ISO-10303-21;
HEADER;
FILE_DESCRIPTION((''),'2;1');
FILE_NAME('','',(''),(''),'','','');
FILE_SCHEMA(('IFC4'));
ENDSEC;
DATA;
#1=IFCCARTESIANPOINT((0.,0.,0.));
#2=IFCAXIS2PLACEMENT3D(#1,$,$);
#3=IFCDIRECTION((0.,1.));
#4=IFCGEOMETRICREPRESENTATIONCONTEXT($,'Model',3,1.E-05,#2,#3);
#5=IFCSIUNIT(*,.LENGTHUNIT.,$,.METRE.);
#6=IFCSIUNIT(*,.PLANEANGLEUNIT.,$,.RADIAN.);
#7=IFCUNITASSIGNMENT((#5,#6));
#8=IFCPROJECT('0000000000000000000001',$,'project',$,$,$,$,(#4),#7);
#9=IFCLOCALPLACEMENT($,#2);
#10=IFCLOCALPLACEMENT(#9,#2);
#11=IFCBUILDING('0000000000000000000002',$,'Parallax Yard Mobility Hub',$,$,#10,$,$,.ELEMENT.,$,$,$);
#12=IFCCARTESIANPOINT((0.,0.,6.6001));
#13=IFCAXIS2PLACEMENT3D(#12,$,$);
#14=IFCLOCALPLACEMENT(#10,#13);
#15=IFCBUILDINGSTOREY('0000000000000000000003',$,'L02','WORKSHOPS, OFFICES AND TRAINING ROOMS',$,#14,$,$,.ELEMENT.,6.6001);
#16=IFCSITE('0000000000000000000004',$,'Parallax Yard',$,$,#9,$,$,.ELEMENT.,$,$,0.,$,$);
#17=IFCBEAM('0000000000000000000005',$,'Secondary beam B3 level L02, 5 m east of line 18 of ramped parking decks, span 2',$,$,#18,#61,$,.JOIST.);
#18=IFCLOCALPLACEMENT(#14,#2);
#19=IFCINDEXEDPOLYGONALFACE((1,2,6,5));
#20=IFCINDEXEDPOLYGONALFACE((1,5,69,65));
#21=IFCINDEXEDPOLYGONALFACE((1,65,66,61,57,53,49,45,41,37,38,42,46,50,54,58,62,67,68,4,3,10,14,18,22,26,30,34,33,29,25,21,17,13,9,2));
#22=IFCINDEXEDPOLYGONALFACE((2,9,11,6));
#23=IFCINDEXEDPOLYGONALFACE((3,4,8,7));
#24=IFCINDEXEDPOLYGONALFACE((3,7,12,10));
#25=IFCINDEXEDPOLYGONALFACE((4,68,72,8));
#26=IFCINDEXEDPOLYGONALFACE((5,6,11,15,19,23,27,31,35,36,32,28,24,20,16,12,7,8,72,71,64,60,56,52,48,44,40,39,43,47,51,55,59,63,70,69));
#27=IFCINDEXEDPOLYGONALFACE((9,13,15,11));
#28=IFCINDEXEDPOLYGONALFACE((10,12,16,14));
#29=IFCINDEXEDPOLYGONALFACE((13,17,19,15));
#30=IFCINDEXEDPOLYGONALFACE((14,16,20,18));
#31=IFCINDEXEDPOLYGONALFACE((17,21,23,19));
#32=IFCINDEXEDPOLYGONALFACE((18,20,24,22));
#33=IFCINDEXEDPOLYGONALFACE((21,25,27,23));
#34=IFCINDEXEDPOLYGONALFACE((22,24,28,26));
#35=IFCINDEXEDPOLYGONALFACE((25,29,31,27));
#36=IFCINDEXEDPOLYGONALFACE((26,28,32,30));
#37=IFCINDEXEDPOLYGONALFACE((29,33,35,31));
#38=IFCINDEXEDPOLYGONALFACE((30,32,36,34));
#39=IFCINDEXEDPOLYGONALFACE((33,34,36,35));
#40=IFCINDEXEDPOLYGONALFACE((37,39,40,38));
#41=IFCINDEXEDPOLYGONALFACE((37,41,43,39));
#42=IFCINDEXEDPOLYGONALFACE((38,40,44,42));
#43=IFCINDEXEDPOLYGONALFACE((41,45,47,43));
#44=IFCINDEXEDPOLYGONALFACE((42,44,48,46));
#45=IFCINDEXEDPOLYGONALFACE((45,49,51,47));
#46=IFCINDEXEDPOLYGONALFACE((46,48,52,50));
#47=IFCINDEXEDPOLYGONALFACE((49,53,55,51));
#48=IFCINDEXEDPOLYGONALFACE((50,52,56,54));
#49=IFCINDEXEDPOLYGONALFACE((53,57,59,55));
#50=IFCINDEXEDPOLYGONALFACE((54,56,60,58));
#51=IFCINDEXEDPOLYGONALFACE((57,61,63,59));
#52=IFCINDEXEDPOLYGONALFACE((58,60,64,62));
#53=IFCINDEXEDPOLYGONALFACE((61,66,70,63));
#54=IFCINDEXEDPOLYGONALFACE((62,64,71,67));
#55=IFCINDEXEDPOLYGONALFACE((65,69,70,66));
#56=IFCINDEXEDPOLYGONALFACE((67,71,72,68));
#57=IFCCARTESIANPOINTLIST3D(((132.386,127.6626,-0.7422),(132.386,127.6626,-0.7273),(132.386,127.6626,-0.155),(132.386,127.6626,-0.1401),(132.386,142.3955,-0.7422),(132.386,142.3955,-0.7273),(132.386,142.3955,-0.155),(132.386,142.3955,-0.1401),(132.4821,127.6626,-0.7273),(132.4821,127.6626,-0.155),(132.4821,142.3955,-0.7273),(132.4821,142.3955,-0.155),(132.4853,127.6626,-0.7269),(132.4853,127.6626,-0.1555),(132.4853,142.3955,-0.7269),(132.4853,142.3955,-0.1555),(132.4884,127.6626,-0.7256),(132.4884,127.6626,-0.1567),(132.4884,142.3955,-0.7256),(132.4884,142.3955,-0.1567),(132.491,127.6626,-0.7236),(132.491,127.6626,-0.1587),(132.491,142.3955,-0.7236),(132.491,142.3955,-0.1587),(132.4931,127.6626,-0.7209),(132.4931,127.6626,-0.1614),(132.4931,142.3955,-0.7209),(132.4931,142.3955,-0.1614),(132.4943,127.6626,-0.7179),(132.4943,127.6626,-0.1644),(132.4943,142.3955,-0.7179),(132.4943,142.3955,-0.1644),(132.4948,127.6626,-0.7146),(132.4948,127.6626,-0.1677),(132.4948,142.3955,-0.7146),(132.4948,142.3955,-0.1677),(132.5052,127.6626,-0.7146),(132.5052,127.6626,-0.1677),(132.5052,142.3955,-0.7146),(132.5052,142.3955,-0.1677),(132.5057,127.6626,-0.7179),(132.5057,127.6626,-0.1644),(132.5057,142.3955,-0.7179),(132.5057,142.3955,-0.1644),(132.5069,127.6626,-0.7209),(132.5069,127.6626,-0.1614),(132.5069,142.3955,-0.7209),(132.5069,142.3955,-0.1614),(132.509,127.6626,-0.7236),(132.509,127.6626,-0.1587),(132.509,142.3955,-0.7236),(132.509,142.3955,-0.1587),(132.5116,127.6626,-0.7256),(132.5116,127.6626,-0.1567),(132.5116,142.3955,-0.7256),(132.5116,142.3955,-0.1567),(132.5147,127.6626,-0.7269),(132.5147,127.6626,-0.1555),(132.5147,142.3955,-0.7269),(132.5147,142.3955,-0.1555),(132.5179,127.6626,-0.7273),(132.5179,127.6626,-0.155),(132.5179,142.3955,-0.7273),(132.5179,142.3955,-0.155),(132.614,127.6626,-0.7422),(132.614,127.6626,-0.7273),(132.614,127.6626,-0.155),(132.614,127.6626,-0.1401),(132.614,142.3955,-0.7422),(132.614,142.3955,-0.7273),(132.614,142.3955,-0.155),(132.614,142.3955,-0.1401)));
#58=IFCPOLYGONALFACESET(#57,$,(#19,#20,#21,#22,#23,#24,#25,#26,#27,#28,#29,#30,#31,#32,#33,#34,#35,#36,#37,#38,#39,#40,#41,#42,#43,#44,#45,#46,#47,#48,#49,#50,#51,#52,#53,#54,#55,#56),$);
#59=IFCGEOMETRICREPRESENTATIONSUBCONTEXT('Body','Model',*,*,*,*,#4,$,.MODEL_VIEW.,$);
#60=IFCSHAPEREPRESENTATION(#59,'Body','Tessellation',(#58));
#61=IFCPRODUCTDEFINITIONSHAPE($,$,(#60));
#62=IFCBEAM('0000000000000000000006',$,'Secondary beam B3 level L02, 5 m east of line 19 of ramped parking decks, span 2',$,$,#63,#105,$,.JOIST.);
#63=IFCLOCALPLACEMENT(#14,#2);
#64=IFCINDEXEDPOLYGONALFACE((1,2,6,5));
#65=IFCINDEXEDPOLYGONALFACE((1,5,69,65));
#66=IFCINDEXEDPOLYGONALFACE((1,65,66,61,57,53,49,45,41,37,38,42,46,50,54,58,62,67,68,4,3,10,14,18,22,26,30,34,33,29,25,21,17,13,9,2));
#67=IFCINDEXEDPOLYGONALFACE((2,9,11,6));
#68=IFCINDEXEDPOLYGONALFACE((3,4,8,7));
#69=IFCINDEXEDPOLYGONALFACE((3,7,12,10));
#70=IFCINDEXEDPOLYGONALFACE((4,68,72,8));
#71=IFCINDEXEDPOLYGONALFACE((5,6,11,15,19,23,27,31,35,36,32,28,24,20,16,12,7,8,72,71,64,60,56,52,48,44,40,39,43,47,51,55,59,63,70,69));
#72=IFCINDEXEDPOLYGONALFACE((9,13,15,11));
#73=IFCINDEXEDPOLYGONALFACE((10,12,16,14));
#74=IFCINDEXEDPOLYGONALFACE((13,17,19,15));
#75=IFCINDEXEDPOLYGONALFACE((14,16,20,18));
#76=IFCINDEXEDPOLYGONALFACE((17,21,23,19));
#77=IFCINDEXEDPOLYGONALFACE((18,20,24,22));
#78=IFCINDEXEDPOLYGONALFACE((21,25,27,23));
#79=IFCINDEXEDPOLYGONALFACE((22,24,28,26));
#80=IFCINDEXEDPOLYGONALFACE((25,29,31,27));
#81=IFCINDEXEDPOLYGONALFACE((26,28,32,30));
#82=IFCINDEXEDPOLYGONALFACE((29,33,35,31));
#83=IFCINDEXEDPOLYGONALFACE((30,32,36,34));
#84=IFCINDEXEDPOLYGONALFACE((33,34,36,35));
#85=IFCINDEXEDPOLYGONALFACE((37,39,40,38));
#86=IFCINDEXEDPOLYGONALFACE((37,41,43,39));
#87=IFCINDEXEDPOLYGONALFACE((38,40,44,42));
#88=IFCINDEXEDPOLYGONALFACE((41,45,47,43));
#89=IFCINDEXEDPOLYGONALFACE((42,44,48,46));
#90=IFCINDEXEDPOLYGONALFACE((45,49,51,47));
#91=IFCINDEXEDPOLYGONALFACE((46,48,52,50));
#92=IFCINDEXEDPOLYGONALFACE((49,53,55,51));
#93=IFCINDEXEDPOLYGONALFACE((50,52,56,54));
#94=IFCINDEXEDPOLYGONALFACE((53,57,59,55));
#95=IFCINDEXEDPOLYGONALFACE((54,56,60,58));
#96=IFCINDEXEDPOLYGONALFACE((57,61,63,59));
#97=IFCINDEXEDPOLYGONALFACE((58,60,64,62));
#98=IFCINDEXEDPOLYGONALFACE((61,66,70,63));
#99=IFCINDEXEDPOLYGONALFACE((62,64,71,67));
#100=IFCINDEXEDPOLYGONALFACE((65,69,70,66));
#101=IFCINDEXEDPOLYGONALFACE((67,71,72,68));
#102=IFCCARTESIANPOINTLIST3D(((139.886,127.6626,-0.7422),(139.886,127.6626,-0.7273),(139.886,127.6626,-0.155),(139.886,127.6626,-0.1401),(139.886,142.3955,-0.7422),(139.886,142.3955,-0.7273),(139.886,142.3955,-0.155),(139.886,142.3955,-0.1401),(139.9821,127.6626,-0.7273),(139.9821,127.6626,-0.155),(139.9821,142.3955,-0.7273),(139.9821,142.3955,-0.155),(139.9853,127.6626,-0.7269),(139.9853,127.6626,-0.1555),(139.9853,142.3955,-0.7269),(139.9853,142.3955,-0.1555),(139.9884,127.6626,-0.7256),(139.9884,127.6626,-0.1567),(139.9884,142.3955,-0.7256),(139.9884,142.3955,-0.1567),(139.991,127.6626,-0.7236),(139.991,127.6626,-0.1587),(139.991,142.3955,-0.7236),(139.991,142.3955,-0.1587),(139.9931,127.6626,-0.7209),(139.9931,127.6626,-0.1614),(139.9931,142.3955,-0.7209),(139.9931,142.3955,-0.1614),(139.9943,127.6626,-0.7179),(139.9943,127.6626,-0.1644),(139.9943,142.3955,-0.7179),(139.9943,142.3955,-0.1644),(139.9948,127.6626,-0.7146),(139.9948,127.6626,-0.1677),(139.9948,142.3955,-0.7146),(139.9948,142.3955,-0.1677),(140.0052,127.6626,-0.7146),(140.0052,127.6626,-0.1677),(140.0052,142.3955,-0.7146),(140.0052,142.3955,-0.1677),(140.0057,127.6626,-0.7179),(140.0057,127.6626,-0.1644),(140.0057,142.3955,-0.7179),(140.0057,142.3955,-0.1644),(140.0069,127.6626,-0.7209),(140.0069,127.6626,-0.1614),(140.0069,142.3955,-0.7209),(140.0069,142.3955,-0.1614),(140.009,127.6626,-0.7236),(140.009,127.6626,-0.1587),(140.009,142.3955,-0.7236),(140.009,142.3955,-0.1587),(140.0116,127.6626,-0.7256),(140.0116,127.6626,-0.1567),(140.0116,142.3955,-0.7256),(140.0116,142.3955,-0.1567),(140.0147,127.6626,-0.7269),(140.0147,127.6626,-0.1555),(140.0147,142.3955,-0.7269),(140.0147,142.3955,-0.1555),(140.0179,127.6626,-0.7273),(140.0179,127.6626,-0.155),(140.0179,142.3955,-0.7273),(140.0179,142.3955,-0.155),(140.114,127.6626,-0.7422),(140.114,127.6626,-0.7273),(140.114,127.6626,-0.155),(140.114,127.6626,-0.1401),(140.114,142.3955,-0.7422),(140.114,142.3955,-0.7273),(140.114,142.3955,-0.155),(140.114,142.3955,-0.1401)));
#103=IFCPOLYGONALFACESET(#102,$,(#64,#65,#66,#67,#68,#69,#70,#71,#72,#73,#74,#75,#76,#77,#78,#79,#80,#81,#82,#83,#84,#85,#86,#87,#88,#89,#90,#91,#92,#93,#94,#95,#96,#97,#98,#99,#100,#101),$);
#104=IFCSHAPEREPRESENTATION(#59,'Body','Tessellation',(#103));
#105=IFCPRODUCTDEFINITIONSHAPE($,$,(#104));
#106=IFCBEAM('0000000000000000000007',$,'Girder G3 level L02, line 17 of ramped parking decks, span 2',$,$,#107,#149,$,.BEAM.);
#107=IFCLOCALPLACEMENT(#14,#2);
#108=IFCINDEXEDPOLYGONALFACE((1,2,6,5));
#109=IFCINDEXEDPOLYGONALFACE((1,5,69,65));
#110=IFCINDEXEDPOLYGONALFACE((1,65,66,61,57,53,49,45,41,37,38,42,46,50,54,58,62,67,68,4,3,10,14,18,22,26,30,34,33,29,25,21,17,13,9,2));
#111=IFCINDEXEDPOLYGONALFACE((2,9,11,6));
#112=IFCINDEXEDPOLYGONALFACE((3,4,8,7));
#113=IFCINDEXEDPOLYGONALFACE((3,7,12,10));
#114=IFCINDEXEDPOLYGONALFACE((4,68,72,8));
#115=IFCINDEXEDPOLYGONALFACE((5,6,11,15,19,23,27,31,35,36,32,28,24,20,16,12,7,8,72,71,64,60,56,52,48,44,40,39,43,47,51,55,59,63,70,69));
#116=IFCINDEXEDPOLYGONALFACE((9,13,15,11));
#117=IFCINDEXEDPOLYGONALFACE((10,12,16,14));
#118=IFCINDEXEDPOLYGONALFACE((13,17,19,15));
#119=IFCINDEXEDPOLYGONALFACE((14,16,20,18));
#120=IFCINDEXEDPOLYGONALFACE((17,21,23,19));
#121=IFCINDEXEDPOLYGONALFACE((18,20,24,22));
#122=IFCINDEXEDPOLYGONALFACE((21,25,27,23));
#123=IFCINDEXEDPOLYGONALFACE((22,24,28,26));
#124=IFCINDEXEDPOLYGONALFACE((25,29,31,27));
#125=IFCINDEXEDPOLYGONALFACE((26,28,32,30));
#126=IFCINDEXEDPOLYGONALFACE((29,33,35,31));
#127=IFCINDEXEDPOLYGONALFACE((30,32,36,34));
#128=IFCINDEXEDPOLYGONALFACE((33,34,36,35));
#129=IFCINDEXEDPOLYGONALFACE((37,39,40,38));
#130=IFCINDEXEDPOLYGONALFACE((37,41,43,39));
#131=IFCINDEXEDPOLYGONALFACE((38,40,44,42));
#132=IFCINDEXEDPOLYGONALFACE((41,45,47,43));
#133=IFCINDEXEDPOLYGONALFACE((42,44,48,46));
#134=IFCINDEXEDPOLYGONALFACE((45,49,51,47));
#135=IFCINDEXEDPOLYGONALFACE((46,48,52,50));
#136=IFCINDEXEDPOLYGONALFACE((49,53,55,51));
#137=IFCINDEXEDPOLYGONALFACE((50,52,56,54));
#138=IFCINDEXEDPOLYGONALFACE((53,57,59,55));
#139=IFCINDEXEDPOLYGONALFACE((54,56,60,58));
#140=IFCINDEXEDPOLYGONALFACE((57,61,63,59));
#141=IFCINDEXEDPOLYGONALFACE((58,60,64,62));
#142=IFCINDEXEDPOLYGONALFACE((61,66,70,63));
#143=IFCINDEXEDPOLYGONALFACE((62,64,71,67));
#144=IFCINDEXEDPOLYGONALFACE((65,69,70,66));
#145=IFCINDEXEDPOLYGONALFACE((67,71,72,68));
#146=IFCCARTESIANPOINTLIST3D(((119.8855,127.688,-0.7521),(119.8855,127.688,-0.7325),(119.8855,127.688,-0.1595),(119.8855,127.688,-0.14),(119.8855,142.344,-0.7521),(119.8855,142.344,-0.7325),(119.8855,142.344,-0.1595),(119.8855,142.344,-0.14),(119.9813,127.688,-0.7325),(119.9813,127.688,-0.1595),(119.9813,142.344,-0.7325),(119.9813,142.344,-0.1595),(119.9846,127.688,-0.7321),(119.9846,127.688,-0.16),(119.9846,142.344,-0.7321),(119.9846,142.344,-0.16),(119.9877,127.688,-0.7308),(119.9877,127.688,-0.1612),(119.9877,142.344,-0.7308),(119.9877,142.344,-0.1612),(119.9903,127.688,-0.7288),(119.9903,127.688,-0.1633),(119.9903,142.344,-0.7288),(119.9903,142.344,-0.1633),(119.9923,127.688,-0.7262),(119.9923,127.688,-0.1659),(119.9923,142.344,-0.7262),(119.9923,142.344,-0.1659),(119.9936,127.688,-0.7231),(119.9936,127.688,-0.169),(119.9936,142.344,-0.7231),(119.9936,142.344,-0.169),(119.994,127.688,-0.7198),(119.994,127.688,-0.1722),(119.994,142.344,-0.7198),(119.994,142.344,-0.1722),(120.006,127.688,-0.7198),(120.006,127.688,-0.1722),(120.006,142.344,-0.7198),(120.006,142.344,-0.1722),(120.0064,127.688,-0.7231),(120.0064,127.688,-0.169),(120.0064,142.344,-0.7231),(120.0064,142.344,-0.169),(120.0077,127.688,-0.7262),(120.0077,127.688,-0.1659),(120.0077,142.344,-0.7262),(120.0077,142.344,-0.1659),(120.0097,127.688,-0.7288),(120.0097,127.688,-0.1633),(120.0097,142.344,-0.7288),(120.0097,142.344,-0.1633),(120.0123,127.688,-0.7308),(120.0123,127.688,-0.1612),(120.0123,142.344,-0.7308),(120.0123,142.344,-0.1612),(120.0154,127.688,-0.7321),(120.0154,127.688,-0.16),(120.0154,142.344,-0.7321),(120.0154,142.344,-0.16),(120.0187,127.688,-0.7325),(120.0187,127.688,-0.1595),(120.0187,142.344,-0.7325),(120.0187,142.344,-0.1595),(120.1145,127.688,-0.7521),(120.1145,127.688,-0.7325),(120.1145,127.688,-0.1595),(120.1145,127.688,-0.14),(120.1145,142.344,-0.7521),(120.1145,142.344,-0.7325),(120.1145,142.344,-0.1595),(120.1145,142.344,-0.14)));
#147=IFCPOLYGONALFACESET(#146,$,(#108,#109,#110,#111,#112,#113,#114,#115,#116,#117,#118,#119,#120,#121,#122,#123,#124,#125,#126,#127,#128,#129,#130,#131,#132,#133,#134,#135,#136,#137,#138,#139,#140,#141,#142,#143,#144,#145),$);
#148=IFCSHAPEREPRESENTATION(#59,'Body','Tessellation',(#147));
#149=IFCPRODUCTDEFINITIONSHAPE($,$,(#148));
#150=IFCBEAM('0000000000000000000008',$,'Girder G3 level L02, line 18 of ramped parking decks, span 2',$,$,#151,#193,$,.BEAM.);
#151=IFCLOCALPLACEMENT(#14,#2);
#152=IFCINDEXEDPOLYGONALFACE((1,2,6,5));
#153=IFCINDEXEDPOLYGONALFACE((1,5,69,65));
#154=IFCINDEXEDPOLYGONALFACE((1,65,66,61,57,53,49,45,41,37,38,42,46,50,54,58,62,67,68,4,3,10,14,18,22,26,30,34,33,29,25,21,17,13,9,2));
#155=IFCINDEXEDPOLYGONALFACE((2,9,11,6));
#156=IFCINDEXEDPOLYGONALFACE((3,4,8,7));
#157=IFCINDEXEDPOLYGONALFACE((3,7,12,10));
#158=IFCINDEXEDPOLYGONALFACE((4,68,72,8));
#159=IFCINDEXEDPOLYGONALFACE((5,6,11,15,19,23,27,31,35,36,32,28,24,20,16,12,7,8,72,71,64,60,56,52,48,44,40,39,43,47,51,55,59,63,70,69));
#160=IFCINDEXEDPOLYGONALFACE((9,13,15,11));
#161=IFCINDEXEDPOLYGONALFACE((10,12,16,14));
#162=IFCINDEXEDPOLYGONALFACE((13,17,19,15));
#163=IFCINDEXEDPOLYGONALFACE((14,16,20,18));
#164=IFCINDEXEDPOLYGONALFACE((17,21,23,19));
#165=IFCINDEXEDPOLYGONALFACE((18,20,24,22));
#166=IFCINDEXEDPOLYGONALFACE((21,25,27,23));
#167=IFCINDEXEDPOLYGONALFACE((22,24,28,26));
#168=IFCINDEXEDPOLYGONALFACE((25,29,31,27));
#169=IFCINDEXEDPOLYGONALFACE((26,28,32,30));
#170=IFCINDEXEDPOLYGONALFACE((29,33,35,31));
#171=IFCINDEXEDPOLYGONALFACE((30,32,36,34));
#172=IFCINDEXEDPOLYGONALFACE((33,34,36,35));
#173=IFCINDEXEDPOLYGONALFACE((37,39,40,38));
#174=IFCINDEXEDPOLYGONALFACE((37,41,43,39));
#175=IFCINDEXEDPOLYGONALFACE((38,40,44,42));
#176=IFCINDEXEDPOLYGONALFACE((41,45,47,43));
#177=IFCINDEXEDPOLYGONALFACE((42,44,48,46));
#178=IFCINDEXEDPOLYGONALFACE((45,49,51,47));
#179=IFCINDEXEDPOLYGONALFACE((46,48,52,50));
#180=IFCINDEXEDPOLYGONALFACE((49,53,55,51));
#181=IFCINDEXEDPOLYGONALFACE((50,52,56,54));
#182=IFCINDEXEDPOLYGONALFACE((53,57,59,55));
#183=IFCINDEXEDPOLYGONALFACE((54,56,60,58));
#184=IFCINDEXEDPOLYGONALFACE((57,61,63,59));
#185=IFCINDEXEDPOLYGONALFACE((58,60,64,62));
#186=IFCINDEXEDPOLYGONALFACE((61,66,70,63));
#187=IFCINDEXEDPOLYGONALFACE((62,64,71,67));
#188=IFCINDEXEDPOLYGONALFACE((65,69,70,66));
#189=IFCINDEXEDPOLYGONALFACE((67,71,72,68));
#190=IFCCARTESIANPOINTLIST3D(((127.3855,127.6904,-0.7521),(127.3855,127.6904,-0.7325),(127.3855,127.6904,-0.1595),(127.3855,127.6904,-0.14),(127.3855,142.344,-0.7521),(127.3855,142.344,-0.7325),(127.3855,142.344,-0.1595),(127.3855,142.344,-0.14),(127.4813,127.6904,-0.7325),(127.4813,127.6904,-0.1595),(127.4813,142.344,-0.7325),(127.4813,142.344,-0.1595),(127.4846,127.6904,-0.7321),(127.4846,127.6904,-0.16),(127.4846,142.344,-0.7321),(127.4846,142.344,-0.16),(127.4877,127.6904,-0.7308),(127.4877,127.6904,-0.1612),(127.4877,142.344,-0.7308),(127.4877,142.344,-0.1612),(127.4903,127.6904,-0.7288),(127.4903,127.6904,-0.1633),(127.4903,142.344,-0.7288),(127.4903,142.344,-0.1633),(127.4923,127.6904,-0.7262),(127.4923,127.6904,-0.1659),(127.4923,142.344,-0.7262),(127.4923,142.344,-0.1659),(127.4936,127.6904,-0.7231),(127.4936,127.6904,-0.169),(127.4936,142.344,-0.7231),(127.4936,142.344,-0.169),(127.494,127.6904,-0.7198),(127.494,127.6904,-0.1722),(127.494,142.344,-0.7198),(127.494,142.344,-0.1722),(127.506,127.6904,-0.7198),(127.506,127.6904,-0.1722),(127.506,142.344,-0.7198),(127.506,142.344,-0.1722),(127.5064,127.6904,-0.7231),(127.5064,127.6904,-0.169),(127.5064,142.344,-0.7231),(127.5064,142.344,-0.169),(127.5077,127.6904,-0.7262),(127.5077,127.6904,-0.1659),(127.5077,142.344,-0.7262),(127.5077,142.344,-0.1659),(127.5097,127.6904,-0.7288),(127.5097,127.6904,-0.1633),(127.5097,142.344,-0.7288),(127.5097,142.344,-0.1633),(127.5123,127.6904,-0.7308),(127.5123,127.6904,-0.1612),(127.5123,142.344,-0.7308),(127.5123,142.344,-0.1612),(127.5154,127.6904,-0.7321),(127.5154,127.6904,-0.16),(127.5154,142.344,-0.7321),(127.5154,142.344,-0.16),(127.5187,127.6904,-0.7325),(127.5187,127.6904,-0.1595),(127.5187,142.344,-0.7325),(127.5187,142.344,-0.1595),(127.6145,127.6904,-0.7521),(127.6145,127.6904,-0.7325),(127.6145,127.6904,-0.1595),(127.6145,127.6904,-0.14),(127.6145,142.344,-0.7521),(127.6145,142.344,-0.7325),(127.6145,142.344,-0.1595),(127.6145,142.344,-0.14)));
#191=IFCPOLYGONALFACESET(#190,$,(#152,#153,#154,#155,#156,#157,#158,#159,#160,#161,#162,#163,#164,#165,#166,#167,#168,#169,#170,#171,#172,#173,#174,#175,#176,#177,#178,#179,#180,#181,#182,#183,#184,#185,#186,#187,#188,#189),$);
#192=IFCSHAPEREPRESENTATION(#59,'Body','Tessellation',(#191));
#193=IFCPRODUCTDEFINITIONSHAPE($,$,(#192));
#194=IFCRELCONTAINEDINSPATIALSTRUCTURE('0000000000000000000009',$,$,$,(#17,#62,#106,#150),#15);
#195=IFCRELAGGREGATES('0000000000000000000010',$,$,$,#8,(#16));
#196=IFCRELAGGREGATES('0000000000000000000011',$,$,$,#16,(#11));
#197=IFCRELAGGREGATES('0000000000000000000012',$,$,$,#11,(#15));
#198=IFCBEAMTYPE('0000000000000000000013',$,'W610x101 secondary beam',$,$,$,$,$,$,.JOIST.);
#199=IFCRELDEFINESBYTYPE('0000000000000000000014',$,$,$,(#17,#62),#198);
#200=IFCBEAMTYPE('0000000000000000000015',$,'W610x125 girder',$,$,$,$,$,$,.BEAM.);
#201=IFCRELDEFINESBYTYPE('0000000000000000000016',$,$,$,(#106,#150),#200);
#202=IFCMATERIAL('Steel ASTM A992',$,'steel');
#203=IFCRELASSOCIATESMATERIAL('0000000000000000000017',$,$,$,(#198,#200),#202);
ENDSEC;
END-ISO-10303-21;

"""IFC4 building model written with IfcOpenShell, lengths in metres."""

from ifc_helpers import new_model, si_unit, direction, frame, origin, origin_2d, place, context, subcontext, project, spatial, i_section, extrude, material, material_profile, profile_set, type_object, element, save


model = new_model("IFC4")

# Units and contexts
model_context = context("Model", 3, precision=1e-05, world=origin(), true_north=direction((0.0, 1.0)))
body_context = subcontext(model_context, "Body", "Model", "MODEL_VIEW")
ifc_project = project(units=[si_unit("LENGTHUNIT", "METRE"), si_unit("PLANEANGLEUNIT", "RADIAN")], contexts=[model_context])

# Site, building, storey
site_placement = place(None, origin())
site = spatial("IfcSite", under=ifc_project, at=site_placement, Name="Parallax Yard", CompositionType="ELEMENT", RefElevation=0.0)
building_placement = place(site_placement, origin())
building = spatial("IfcBuilding", under=site, at=building_placement, Name="Parallax Yard Mobility Hub", CompositionType="ELEMENT")
storey_placement = place(building_placement, frame((0.0, 0.0, 6.6001)))
storey = spatial("IfcBuildingStorey", under=building, at=storey_placement, Name="L02", Description="WORKSHOPS, OFFICES AND TRAINING ROOMS", CompositionType="ELEMENT", Elevation=6.6001)

# Shared definitions
ifc_material_1 = material(Name="Steel ASTM A992", Category="steel")

# Beams
ifc_material_profile_1 = material_profile(ifc_material_1, i_section(OverallWidth=0.228, OverallDepth=0.6021, WebThickness=0.0105, FlangeThickness=0.0149, FilletRadius=0.0127, at=origin_2d()), Name="W610x101")
ifc_profile_set_1 = profile_set([ifc_material_profile_1], Name="Steel ASTM A992")
beam_type_1 = type_object("IfcBeamType", Name="W610x101 secondary beam", PredefinedType="JOIST", material=ifc_profile_set_1)
for number, where, z_axis, x_axis, name in (
    (1, (132.5, 127.6626, -0.4412), (0.0, 1.0, 0.0), (-1.0, 0.0, 0.0), "Secondary beam B3 level L02, 5 m east of line 18 of ramped parking decks, span 2"),
    (2, (140.0, 127.6626, -0.4412), (0.0, 1.0, 0.0), (-1.0, 0.0, 0.0), "Secondary beam B3 level L02, 5 m east of line 19 of ramped parking decks, span 2"),
):
    element("IfcBeam", number, at=place(storey_placement, frame(where, z_axis=z_axis, x_axis=x_axis)), inside=storey, type_object=beam_type_1, Name=name, PredefinedType="JOIST", context=body_context, shape_type="SweptSolid", body=[
        extrude(i_section(OverallWidth=0.228, OverallDepth=0.6021, WebThickness=0.0105, FlangeThickness=0.0149, FilletRadius=0.0127, at=origin_2d()), origin(), (0.0, 0.0, 1.0), 14.7329),
    ])
ifc_material_profile_2 = material_profile(ifc_material_1, i_section(OverallWidth=0.229, OverallDepth=0.6121, WebThickness=0.012, FlangeThickness=0.0195, FilletRadius=0.0127, at=origin_2d()), Name="W610x125")
ifc_profile_set_2 = profile_set([ifc_material_profile_2], Name="Steel ASTM A992")
beam_type_2 = type_object("IfcBeamType", Name="W610x125 girder", PredefinedType="BEAM", material=ifc_profile_set_2)
beam_1_placement = place(storey_placement, frame((120.0, 127.688, -0.446), z_axis=(0.0, 1.0, 0.0), x_axis=(-1.0, 0.0, 0.0)))
element("IfcBeam", 3, at=beam_1_placement, inside=storey, type_object=beam_type_2, Name="Girder G3 level L02, line 17 of ramped parking decks, span 2", PredefinedType="BEAM", context=body_context, shape_type="SweptSolid", body=[
    extrude(i_section(OverallWidth=0.229, OverallDepth=0.6121, WebThickness=0.012, FlangeThickness=0.0195, FilletRadius=0.0127, at=origin_2d()), origin(), (0.0, 0.0, 1.0), 14.656),
])
for number, where, z_axis, x_axis, name in (
    (4, (127.5, 127.6904, -0.446), (0.0, 1.0, 0.0), (-1.0, 0.0, 0.0), "Girder G3 level L02, line 18 of ramped parking decks, span 2"),
):
    element("IfcBeam", number, at=place(storey_placement, frame(where, z_axis=z_axis, x_axis=x_axis)), inside=storey, type_object=beam_type_2, Name=name, PredefinedType="BEAM", context=body_context, shape_type="SweptSolid", body=[
        extrude(i_section(OverallWidth=0.229, OverallDepth=0.6121, WebThickness=0.012, FlangeThickness=0.0195, FilletRadius=0.0127, at=origin_2d()), origin(), (0.0, 0.0, 1.0), 14.6536),
    ])

save(model, "model.ifc")
